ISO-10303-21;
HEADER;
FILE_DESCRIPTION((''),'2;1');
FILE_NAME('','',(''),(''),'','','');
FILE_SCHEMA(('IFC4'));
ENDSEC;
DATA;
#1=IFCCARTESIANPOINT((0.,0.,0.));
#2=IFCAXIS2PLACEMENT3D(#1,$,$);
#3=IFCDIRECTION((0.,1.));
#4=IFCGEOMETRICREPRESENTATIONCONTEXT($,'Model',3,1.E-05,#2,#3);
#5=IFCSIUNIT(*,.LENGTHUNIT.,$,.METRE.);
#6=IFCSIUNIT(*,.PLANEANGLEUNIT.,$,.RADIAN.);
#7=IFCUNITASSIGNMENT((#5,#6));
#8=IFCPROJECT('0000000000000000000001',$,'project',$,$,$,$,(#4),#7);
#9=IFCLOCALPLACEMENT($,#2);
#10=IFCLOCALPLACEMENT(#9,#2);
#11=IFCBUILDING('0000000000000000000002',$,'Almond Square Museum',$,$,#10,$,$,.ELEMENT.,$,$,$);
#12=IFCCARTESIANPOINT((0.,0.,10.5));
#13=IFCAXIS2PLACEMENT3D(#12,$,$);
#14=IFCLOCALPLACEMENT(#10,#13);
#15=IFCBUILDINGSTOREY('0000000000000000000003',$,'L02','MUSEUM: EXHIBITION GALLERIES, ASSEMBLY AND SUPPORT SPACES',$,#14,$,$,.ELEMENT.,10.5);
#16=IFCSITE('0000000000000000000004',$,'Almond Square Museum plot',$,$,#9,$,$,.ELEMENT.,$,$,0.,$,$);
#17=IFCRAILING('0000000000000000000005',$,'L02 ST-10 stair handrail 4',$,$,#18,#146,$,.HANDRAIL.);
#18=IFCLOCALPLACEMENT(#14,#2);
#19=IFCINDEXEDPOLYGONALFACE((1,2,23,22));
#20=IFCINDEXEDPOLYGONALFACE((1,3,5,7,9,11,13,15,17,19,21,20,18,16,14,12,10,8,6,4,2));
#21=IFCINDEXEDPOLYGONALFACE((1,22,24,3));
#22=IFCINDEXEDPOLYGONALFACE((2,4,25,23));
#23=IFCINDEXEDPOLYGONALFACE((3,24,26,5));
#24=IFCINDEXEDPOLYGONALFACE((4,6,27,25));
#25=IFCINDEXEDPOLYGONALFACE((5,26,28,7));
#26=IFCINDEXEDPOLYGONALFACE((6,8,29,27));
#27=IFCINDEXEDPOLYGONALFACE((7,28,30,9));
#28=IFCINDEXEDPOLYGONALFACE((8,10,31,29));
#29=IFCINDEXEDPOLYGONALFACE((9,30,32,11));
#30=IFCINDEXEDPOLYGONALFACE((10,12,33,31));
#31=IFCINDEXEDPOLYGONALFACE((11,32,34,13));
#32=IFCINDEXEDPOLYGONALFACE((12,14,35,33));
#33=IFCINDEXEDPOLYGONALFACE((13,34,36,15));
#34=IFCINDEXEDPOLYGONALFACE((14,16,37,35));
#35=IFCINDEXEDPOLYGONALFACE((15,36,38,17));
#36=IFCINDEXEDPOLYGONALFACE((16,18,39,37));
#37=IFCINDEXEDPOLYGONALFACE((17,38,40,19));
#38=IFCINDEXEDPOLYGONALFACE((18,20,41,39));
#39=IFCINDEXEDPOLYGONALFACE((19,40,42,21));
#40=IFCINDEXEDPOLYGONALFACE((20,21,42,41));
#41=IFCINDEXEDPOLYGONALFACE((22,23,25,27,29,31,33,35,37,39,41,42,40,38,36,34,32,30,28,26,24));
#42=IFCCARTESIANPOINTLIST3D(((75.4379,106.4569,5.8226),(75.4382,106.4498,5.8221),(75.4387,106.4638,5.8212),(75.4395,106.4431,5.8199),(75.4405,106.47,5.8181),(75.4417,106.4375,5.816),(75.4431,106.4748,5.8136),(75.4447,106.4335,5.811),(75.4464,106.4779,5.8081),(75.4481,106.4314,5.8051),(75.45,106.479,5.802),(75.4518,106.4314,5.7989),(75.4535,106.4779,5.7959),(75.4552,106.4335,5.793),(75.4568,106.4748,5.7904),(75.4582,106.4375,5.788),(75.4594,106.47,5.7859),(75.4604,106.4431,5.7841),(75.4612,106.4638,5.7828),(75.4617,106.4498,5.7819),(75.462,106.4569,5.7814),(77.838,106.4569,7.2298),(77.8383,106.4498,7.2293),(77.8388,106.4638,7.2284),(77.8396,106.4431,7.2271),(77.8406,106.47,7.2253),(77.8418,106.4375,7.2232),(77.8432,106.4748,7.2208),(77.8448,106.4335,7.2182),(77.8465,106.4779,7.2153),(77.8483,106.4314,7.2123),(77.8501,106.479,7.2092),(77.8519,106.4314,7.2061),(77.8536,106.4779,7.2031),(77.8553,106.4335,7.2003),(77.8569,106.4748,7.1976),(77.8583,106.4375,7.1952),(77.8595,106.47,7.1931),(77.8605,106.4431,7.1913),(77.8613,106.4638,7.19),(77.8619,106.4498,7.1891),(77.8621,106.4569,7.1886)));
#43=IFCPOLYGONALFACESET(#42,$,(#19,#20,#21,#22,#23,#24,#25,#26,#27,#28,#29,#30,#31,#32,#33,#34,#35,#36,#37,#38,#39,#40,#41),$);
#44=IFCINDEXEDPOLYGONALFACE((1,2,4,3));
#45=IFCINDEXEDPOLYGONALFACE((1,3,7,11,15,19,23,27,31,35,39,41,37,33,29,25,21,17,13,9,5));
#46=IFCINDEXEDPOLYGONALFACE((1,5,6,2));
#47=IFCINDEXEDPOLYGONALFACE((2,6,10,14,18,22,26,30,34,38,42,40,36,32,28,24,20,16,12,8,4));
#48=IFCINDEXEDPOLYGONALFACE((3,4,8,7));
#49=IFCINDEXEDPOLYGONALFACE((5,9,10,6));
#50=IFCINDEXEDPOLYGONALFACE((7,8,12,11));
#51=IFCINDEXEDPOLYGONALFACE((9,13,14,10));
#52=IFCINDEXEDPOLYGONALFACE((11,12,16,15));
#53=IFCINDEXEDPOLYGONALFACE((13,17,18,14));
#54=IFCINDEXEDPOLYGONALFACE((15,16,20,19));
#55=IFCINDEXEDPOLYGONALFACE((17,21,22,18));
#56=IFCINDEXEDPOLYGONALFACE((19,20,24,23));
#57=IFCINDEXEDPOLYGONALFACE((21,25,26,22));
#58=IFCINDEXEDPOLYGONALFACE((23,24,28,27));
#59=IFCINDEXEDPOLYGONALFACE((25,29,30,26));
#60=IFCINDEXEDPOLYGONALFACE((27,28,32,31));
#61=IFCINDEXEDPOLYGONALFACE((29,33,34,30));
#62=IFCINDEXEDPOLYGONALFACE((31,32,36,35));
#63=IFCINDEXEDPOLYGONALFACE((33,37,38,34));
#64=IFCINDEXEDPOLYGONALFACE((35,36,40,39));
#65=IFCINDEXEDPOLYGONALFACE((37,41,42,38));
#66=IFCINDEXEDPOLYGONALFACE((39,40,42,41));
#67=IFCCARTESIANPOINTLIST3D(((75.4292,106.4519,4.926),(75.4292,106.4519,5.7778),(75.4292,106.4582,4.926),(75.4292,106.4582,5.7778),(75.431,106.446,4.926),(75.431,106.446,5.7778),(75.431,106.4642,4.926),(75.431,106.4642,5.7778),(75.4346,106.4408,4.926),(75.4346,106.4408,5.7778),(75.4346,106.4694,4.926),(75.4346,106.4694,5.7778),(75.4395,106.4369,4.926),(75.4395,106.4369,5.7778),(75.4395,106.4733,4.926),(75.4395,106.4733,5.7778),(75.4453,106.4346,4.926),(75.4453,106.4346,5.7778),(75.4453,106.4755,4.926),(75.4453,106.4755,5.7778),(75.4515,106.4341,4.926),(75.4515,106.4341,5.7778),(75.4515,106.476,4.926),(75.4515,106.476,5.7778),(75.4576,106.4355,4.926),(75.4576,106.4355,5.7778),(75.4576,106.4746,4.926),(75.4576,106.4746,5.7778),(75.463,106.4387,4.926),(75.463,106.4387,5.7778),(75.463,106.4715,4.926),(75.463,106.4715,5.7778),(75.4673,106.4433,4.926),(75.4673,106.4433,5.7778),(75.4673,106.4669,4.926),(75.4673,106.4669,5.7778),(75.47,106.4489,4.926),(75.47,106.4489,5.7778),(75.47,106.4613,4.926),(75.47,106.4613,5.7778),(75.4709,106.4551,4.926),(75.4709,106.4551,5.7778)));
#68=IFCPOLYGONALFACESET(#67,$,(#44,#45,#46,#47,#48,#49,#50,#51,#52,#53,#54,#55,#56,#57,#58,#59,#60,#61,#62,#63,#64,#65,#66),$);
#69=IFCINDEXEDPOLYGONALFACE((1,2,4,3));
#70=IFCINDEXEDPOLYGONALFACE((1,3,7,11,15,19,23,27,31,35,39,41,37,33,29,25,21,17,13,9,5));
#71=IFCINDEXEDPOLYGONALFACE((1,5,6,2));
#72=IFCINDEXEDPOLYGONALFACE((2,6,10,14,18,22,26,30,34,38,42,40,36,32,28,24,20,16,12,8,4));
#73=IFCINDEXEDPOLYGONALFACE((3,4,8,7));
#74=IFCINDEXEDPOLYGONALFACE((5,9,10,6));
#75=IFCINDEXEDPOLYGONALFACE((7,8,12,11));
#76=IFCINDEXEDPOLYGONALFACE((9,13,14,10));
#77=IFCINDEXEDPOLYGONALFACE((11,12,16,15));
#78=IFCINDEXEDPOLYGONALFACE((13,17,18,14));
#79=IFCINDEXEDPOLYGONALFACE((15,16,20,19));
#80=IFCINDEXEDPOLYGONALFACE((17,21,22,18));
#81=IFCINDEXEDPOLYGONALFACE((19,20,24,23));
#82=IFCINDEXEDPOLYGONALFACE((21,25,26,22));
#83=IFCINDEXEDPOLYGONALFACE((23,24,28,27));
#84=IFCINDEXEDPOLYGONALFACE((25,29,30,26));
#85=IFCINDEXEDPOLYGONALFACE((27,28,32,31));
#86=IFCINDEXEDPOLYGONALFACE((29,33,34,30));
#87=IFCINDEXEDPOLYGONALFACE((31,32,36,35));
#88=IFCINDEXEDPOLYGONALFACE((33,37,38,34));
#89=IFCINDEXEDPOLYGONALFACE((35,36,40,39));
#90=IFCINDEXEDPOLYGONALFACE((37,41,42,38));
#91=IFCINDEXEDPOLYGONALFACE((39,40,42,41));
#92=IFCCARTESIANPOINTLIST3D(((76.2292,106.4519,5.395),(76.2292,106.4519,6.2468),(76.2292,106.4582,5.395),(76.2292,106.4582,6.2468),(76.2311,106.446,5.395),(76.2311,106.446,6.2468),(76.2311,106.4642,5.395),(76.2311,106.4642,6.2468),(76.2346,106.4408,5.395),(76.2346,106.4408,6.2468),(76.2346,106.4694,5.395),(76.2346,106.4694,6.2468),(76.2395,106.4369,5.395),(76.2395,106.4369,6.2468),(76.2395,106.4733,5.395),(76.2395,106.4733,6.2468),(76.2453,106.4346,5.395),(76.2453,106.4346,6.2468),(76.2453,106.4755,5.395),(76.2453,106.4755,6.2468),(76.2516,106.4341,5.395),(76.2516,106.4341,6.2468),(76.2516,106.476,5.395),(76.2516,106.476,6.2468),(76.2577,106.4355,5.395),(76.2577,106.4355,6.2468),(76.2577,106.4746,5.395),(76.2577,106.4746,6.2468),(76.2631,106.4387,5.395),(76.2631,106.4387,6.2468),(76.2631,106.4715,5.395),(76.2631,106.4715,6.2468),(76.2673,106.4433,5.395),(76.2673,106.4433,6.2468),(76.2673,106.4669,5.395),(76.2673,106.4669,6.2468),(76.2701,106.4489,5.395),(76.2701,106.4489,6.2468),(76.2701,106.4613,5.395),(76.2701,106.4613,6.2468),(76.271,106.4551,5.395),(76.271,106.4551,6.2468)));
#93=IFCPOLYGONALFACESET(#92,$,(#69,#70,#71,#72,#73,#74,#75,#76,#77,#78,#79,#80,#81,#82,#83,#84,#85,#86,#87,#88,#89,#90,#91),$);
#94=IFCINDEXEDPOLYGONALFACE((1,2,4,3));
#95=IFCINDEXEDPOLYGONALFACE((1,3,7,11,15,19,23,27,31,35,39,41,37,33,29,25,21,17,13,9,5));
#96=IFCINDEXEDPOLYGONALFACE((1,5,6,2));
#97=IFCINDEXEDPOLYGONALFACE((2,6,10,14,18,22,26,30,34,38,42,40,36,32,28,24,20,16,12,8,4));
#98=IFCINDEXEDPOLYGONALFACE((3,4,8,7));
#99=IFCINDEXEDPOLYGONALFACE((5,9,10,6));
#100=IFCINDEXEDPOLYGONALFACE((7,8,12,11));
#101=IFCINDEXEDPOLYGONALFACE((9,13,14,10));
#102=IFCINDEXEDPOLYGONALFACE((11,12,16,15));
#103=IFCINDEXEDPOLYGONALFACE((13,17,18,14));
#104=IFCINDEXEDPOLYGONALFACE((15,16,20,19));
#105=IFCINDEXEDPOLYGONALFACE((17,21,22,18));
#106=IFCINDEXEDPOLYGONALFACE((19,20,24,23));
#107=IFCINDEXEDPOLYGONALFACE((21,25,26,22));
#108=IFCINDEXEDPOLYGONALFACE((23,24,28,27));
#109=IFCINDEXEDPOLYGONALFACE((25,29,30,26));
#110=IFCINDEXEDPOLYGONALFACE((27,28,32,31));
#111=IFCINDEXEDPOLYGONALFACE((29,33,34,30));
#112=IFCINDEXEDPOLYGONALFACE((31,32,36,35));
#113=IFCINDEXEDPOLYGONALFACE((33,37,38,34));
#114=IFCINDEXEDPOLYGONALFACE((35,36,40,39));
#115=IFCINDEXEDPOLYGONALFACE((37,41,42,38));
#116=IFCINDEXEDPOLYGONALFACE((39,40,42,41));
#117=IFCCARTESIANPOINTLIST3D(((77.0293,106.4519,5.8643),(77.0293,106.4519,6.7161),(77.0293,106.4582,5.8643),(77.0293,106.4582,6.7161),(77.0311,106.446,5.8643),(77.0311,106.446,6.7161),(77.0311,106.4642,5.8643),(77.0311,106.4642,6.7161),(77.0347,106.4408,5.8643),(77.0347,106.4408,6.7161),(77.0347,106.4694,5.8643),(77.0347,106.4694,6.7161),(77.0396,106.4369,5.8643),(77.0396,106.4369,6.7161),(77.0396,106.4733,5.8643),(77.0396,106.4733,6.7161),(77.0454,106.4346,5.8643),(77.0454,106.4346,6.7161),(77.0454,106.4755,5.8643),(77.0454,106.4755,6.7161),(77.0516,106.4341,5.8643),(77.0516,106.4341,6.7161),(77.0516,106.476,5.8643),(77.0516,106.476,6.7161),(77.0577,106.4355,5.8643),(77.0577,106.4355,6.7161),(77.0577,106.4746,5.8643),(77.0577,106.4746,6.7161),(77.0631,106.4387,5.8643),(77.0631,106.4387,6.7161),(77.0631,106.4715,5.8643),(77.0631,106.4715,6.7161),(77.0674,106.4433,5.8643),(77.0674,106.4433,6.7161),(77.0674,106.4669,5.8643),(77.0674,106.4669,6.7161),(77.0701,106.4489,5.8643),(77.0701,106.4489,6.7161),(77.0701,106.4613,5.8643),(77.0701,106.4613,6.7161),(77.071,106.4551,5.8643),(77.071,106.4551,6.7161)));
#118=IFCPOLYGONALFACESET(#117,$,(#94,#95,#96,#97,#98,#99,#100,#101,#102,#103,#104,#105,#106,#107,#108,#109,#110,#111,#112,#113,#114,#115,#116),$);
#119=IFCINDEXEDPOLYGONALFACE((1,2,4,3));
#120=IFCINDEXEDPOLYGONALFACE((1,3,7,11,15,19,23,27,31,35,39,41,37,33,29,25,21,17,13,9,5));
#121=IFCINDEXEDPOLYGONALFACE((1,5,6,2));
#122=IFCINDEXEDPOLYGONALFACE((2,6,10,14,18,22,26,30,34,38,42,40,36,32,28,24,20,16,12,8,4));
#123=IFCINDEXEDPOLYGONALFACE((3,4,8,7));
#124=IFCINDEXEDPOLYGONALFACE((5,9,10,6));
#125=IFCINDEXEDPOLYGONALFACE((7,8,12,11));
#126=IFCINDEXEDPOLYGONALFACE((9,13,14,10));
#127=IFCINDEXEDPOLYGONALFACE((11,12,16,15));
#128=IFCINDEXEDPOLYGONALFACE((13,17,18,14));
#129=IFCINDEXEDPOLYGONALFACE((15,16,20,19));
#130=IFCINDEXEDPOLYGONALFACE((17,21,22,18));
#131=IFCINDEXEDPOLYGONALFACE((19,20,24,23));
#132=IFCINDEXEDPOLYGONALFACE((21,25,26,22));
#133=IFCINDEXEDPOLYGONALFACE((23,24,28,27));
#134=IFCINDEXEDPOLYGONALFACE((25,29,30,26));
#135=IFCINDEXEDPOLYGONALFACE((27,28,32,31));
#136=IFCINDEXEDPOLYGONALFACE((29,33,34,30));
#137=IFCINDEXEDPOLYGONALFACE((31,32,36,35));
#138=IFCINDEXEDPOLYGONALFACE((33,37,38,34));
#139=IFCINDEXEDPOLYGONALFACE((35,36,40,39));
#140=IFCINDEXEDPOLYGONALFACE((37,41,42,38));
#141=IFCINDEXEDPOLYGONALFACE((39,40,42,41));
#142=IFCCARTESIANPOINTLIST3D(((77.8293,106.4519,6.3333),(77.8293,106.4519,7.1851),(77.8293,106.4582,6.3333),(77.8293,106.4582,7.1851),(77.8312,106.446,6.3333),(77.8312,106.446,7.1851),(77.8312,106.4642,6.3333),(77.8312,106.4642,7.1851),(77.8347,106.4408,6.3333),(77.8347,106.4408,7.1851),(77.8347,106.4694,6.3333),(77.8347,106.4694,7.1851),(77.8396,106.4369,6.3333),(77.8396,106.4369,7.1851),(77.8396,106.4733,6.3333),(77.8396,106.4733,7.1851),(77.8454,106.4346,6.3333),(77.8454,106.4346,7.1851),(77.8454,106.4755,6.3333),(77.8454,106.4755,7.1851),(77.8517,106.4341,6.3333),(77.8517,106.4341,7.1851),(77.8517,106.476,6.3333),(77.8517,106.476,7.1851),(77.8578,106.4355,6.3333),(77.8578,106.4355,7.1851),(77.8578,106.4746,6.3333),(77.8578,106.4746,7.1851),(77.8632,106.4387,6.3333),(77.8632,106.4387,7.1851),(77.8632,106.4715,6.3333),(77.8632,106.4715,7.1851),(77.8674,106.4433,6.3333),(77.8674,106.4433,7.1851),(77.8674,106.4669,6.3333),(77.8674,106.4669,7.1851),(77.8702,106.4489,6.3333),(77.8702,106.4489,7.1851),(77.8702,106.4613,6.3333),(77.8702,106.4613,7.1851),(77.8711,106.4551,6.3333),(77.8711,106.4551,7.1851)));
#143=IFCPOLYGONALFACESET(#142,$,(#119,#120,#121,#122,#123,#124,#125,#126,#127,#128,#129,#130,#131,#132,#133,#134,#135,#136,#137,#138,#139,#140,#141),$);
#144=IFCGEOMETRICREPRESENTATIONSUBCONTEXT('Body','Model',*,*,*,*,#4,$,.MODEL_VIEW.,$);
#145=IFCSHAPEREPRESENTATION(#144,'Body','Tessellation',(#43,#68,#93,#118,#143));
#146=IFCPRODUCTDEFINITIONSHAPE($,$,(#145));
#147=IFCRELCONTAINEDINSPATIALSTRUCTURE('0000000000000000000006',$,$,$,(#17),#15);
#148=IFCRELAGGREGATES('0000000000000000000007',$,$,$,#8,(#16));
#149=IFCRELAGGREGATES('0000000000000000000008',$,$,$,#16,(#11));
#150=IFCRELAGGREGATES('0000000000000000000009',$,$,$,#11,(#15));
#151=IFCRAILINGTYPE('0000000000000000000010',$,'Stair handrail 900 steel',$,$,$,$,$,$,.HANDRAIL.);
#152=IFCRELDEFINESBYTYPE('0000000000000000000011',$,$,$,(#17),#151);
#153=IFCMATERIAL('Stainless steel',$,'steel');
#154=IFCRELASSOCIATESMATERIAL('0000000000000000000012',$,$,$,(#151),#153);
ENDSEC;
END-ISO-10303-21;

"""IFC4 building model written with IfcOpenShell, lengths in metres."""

from ifc_helpers import new_model, si_unit, direction, frame, origin, origin_2d, place, context, subcontext, project, spatial, circle, extrude, material, type_object, element, save


model = new_model("IFC4")

# Units and contexts
model_context = context("Model", 3, precision=1e-05, world=origin(), true_north=direction((0.0, 1.0)))
body_context = subcontext(model_context, "Body", "Model", "MODEL_VIEW")
ifc_project = project(units=[si_unit("LENGTHUNIT", "METRE"), si_unit("PLANEANGLEUNIT", "RADIAN")], contexts=[model_context])

# Site, building, storey
site_placement = place(None, origin())
site = spatial("IfcSite", under=ifc_project, at=site_placement, Name="Almond Square Museum plot", CompositionType="ELEMENT", RefElevation=0.0)
building_placement = place(site_placement, origin())
building = spatial("IfcBuilding", under=site, at=building_placement, Name="Almond Square Museum", CompositionType="ELEMENT")
storey_placement = place(building_placement, frame((0.0, 0.0, 10.5)))
storey = spatial("IfcBuildingStorey", under=building, at=storey_placement, Name="L02", Description="MUSEUM: EXHIBITION GALLERIES, ASSEMBLY AND SUPPORT SPACES", CompositionType="ELEMENT", Elevation=10.5)

# Railing
ifc_material_1 = material(Name="Stainless steel", Category="steel")
railing_type_1 = type_object("IfcRailingType", Name="Stair handrail 900 steel", PredefinedType="HANDRAIL", material=ifc_material_1)
railing_1_placement = place(storey_placement, frame((75.45, 106.4551, 4.926)))
element("IfcRailing", 1, at=railing_1_placement, inside=storey, type_object=railing_type_1, Name="L02 ST-10 stair handrail 4", PredefinedType="HANDRAIL", context=body_context, shape_type="SweptSolid", body=[
    extrude(circle(Radius=0.0239, at=origin_2d()), frame((0.0, 0.0, 0.876), z_axis=(0.86266, 0.0, 0.505785), x_axis=(0.0, 1.0, 0.0)), (0.0, 0.0, 1.0), 2.7822),
    extrude(circle(Radius=0.021, at=origin_2d()), origin(), (0.0, 0.0, 1.0), 0.8518),
    extrude(circle(Radius=0.021, at=origin_2d()), frame((0.8, 0.0, 0.469)), (0.0, 0.0, 1.0), 0.8518),
    extrude(circle(Radius=0.021, at=origin_2d()), frame((1.6001, 0.0, 0.9382)), (0.0, 0.0, 1.0), 0.8518),
    extrude(circle(Radius=0.021, at=origin_2d()), frame((2.4001, 0.0, 1.4072)), (0.0, 0.0, 1.0), 0.8518),
])

save(model, "model.ifc")
